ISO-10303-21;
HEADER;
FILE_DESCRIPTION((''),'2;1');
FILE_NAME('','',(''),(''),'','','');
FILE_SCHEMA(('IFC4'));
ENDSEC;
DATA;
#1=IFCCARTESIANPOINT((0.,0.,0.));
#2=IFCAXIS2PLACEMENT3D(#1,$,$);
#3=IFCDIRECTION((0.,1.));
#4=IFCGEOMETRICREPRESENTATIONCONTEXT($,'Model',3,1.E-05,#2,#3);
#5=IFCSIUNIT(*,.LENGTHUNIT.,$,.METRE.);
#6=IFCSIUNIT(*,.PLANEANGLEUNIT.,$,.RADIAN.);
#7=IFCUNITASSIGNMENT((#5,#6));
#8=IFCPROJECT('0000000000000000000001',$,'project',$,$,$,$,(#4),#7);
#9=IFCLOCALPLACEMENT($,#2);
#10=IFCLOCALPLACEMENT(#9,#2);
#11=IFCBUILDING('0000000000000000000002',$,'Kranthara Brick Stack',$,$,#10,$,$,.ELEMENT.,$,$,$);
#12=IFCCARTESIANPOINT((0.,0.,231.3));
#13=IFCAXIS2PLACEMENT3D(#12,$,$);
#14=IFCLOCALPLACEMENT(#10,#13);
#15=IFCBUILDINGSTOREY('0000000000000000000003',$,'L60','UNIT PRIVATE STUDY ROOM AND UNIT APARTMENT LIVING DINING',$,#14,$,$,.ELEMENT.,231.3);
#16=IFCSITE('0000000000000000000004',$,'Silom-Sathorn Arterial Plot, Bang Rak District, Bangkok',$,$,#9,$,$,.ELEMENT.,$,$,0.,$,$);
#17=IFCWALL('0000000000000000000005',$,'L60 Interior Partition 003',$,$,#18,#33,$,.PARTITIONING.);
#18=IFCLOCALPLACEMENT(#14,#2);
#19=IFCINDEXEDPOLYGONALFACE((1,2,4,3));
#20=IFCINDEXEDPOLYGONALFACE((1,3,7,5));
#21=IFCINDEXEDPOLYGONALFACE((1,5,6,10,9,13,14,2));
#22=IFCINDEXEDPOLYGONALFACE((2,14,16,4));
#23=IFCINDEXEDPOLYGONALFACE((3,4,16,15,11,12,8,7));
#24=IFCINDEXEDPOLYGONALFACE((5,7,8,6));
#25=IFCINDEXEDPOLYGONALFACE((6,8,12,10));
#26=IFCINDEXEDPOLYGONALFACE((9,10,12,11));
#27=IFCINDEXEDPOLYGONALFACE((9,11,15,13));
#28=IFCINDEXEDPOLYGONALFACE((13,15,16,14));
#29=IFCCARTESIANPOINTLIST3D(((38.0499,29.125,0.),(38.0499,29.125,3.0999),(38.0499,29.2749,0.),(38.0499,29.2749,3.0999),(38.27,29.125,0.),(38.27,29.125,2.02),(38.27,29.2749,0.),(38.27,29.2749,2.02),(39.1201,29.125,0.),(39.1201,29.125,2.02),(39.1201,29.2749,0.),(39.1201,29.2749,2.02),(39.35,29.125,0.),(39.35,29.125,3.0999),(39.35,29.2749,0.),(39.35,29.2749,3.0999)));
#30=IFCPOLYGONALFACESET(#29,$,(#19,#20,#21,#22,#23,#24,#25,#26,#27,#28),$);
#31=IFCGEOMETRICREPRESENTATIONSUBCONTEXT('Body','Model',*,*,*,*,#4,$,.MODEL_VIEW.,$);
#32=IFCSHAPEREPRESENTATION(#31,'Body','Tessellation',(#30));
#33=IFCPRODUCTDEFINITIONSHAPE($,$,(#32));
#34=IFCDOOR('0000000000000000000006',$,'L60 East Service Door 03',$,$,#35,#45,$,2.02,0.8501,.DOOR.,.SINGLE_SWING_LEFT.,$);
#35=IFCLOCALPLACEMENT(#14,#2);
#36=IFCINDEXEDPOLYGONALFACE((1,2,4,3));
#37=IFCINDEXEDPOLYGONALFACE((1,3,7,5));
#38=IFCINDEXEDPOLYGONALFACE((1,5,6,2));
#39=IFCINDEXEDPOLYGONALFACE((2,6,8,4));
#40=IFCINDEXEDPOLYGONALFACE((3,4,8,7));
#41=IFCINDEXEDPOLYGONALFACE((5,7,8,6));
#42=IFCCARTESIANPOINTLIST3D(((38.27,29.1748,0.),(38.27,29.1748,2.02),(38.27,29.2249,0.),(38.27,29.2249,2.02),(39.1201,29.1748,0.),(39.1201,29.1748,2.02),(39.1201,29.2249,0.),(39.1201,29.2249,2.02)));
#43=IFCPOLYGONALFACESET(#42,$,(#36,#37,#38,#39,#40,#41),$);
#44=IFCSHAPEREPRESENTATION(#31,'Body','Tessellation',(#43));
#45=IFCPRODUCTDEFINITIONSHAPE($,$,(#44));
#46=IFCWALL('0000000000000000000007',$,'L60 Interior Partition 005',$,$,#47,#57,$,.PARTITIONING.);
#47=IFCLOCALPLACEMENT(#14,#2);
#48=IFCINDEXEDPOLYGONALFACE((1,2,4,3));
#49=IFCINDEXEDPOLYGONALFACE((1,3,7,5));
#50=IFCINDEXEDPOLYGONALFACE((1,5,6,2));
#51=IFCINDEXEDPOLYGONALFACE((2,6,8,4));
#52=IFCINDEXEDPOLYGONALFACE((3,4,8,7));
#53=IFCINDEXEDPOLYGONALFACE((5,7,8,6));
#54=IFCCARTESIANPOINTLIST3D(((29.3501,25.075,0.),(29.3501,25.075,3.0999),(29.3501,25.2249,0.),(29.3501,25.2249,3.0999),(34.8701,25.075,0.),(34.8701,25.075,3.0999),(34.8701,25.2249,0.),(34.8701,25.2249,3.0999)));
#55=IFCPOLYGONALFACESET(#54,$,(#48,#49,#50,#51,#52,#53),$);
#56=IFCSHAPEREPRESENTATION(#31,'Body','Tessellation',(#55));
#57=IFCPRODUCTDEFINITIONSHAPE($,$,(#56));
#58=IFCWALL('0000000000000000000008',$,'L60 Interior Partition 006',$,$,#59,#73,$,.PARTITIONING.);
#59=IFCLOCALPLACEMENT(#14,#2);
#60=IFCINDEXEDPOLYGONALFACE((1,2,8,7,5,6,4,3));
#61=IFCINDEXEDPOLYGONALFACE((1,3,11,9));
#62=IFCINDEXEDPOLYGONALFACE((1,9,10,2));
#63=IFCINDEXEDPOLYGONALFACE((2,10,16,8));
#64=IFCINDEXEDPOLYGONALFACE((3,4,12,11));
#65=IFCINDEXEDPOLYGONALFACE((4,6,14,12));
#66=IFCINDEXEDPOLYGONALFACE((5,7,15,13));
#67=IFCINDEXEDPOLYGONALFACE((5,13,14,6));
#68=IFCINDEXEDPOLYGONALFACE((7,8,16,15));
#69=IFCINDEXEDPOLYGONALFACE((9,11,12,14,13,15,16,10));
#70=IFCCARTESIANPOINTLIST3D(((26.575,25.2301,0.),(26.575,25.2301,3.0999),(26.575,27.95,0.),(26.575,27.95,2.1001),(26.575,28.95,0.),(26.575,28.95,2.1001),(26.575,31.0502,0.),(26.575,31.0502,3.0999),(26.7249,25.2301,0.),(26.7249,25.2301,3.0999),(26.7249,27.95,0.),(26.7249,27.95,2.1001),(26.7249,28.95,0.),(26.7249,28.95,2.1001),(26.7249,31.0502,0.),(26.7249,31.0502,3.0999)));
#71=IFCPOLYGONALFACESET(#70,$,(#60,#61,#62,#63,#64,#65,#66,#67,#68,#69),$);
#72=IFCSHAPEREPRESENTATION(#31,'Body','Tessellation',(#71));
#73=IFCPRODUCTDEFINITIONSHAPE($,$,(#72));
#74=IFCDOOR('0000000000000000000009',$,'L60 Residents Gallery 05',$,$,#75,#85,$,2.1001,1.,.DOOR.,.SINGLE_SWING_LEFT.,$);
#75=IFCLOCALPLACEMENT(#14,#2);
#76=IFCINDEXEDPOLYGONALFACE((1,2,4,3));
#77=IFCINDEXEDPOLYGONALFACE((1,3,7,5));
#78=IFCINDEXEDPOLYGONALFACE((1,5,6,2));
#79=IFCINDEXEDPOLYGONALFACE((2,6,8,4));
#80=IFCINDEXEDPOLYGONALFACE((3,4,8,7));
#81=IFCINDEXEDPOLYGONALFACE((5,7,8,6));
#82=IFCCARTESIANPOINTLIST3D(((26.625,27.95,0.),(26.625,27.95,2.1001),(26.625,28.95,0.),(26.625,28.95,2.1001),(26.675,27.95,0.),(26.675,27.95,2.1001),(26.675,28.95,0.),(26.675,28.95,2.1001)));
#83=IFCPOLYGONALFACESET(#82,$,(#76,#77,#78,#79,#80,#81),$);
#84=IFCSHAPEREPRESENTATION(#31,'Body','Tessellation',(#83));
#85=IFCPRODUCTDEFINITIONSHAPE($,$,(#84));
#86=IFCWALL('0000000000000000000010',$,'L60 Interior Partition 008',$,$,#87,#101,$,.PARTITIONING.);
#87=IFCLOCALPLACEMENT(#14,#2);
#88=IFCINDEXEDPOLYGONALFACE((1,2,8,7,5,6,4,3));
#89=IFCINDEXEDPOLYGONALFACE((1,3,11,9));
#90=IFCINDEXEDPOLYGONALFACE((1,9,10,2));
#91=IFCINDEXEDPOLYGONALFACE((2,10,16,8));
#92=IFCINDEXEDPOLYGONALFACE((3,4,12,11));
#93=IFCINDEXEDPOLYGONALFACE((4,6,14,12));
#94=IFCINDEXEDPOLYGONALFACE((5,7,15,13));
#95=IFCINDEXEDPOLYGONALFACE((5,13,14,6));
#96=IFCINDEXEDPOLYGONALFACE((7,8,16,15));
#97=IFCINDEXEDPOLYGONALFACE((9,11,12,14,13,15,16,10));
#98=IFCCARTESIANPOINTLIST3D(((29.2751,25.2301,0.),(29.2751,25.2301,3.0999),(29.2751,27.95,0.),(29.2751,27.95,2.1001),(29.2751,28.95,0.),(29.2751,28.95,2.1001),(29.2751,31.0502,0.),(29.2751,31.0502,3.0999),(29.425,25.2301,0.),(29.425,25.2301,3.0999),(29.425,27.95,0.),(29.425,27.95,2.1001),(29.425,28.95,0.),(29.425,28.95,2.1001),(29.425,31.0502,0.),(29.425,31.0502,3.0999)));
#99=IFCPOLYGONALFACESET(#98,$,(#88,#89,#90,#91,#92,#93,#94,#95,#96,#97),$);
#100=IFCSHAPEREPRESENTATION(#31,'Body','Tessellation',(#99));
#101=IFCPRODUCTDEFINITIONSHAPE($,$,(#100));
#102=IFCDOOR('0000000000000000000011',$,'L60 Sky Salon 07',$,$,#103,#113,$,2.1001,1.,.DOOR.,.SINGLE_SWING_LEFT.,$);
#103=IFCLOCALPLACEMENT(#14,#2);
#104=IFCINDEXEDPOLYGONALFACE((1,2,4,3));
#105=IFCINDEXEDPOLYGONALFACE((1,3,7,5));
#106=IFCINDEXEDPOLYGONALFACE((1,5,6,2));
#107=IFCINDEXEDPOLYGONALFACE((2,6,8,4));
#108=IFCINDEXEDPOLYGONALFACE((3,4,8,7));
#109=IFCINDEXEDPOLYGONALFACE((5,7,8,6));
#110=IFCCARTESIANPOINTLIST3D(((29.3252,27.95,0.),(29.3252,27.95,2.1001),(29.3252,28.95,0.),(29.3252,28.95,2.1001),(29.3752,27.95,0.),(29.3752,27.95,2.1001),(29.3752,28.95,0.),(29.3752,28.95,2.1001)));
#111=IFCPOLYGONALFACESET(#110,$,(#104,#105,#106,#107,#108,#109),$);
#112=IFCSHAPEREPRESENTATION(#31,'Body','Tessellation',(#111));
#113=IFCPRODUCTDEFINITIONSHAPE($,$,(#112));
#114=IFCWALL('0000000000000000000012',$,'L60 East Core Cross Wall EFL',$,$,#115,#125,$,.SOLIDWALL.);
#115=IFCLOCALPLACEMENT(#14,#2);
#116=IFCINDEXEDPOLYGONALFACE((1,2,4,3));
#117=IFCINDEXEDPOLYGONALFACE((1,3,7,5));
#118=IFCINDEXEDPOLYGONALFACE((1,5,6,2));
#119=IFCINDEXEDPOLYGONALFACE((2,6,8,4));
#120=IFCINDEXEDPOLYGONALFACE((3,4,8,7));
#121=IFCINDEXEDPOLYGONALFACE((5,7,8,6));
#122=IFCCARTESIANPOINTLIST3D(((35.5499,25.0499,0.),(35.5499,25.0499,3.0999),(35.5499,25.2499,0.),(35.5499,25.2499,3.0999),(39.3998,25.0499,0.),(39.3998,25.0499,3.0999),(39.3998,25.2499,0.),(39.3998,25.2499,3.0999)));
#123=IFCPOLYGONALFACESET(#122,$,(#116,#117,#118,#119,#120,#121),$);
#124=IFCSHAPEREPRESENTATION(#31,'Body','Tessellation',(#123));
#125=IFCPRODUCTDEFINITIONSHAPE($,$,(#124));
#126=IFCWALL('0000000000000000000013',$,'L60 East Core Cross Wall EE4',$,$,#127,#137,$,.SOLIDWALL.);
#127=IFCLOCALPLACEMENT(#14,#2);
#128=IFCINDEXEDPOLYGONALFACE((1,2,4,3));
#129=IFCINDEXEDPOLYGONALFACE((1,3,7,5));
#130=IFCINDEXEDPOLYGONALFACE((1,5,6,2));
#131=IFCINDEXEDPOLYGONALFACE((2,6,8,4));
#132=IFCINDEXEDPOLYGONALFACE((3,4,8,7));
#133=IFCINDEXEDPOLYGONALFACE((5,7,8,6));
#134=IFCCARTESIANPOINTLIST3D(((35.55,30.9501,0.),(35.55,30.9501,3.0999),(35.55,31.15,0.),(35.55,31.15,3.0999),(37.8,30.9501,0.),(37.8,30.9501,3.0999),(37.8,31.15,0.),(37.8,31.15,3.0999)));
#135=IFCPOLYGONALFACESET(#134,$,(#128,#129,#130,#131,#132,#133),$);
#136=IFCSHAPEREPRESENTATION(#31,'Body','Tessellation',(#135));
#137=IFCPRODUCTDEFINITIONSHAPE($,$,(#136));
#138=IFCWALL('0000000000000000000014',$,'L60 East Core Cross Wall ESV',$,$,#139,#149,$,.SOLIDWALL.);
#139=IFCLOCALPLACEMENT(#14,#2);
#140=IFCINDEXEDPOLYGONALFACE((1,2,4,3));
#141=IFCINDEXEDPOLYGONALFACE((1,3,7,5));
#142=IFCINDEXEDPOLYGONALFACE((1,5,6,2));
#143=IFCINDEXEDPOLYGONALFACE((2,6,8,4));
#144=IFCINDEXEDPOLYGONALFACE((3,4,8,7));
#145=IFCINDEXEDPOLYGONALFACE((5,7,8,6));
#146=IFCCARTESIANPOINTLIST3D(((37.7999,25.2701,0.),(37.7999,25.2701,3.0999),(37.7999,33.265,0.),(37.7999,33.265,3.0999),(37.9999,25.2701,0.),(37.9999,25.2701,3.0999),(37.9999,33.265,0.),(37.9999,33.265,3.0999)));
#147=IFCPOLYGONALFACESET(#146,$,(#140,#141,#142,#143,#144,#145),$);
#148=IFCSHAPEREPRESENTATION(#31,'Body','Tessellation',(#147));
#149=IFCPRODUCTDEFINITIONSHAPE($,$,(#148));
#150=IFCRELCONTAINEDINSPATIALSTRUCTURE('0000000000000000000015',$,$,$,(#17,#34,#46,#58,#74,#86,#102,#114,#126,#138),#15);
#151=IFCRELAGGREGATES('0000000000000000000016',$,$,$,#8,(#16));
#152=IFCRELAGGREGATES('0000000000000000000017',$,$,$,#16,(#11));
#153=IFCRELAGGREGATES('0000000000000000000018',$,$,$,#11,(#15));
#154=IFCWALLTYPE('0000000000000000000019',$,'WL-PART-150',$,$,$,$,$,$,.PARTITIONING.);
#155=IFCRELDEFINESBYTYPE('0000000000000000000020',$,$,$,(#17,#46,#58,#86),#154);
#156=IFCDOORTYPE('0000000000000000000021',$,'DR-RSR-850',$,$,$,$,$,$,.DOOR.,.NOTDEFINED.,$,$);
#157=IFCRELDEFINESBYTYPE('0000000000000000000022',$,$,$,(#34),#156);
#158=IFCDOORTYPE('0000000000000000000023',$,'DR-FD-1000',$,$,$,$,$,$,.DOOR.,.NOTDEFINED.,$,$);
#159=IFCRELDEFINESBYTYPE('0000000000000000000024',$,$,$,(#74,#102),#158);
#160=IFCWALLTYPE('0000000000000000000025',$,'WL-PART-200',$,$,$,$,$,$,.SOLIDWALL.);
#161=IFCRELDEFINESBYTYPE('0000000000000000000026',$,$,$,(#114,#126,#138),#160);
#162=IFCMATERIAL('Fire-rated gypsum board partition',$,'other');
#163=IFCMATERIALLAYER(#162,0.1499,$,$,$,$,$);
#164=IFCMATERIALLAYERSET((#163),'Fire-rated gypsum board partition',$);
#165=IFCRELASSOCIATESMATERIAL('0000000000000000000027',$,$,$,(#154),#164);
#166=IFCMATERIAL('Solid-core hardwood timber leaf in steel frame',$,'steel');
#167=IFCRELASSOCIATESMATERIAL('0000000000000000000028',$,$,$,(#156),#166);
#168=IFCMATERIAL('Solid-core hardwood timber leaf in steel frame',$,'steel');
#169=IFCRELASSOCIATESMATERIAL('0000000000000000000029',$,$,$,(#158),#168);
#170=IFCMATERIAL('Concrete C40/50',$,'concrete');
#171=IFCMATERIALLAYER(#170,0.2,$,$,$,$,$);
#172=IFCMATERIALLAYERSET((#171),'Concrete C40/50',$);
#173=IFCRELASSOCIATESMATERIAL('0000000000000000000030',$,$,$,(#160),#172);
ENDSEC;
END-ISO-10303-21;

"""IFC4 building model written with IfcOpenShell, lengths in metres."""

from ifc_helpers import new_model, si_unit, direction, frame, frame_2d, origin, place, context, subcontext, project, spatial, rectangle, extrude, material, layer, layer_set, type_object, element, fill, save


model = new_model("IFC4")

# Units and contexts
model_context = context("Model", 3, precision=1e-05, world=origin(), true_north=direction((0.0, 1.0)))
body_context = subcontext(model_context, "Body", "Model", "MODEL_VIEW")
ifc_project = project(units=[si_unit("LENGTHUNIT", "METRE"), si_unit("PLANEANGLEUNIT", "RADIAN")], contexts=[model_context])

# Site, building, storey
site_placement = place(None, origin())
site = spatial("IfcSite", under=ifc_project, at=site_placement, Name="Silom-Sathorn Arterial Plot, Bang Rak District, Bangkok", CompositionType="ELEMENT", RefElevation=0.0)
building_placement = place(site_placement, origin())
building = spatial("IfcBuilding", under=site, at=building_placement, Name="Kranthara Brick Stack", CompositionType="ELEMENT")
storey_placement = place(building_placement, frame((0.0, 0.0, 231.3)))
storey = spatial("IfcBuildingStorey", under=building, at=storey_placement, Name="L60", Description="UNIT PRIVATE STUDY ROOM AND UNIT APARTMENT LIVING DINING", CompositionType="ELEMENT", Elevation=231.3)

# Wall, opening, door
ifc_material_1 = material(Name="Fire-rated gypsum board partition", Category="other")
ifc_layer_1 = layer(ifc_material_1, 0.1499)
ifc_layer_set_1 = layer_set([ifc_layer_1], Name="Fire-rated gypsum board partition")
wall_type_1 = type_object("IfcWallType", Name="WL-PART-150", PredefinedType="PARTITIONING", material=ifc_layer_set_1)
wall_1_placement = place(storey_placement, frame((38.05, 29.2, 0.0), z_axis=(0.0, 0.0, 1.0), x_axis=(1.0, 0.0, 0.0)))
wall_1 = element("IfcWall", 1, at=wall_1_placement, inside=storey, type_object=wall_type_1, Name="L60 Interior Partition 003", PredefinedType="PARTITIONING", context=body_context, shape_type="SweptSolid", body=[
    extrude(rectangle(XDim=1.3, YDim=0.1499, at=frame_2d((0.6499, 0.0))), origin(), (0.0, 0.0, 1.0), 3.0999),
])
opening_1_placement = place(wall_1_placement, frame((0.22, 0.0, 0.0)))
opening_1 = element("IfcOpeningElement", 2, at=opening_1_placement, cuts=wall_1, PredefinedType="OPENING", context=body_context, shape_type="SweptSolid", body=[
    extrude(rectangle(XDim=0.8501, YDim=2.02, at=frame_2d((0.425, 1.01))), frame((0.0, 0.085, 0.0), z_axis=(0.0, -1.0, 0.0), x_axis=(1.0, 0.0, 0.0)), (0.0, 0.0, 1.0), 0.1699),
])
ifc_material_2 = material(Name="Solid-core hardwood timber leaf in steel frame", Category="steel")
door_type_1 = type_object("IfcDoorType", Name="DR-RSR-850", OperationType="NOTDEFINED", PredefinedType="DOOR", material=ifc_material_2)
door_1_placement = place(opening_1_placement, origin())
door_1 = element("IfcDoor", 3, at=door_1_placement, inside=storey, type_object=door_type_1, Name="L60 East Service Door 03", OperationType="SINGLE_SWING_LEFT", OverallHeight=2.02, OverallWidth=0.8501, PredefinedType="DOOR", context=body_context, shape_type="SweptSolid", body=[
    extrude(rectangle(XDim=0.8501, YDim=2.02, at=frame_2d((0.425, 1.01))), frame((0.0, 0.0249, 0.0), z_axis=(0.0, -1.0, 0.0), x_axis=(1.0, 0.0, 0.0)), (0.0, 0.0, 1.0), 0.05),
])
fill(opening_1, door_1)

# Wall
wall_2_placement = place(storey_placement, frame((29.3501, 25.1499, 0.0), z_axis=(0.0, 0.0, 1.0), x_axis=(1.0, 0.0, 0.0)))
element("IfcWall", 4, at=wall_2_placement, inside=storey, type_object=wall_type_1, Name="L60 Interior Partition 005", PredefinedType="PARTITIONING", context=body_context, shape_type="SweptSolid", body=[
    extrude(rectangle(XDim=5.52, YDim=0.1499, at=frame_2d((2.76, 0.0))), origin(), (0.0, 0.0, 1.0), 3.0999),
])

# Walls, openings, doors
wall_3_placement = place(storey_placement, frame((26.6499, 25.23, 0.0), z_axis=(0.0, 0.0, 1.0), x_axis=(0.0, 1.0, 0.0)))
wall_3 = element("IfcWall", 5, at=wall_3_placement, inside=storey, type_object=wall_type_1, Name="L60 Interior Partition 006", PredefinedType="PARTITIONING", context=body_context, shape_type="SweptSolid", body=[
    extrude(rectangle(XDim=5.8201, YDim=0.1499, at=frame_2d((2.9102, 0.0))), origin(), (0.0, 0.0, 1.0), 3.0999),
])
opening_2_placement = place(wall_3_placement, frame((2.72, 0.0, 0.0)))
opening_2 = element("IfcOpeningElement", 6, at=opening_2_placement, cuts=wall_3, PredefinedType="OPENING", context=body_context, shape_type="SweptSolid", body=[
    extrude(rectangle(XDim=1.0, YDim=2.1001, at=frame_2d((0.5, 1.05))), frame((0.0, 0.085, 0.0), z_axis=(0.0, -1.0, 0.0), x_axis=(1.0, 0.0, 0.0)), (0.0, 0.0, 1.0), 0.1699),
])
ifc_material_3 = material(Name="Solid-core hardwood timber leaf in steel frame", Category="steel")
door_type_2 = type_object("IfcDoorType", Name="DR-FD-1000", OperationType="NOTDEFINED", PredefinedType="DOOR", material=ifc_material_3)
door_2_placement = place(opening_2_placement, origin())
door_2 = element("IfcDoor", 7, at=door_2_placement, inside=storey, type_object=door_type_2, Name="L60 Residents Gallery 05", OperationType="SINGLE_SWING_LEFT", OverallHeight=2.1001, OverallWidth=1.0, PredefinedType="DOOR", context=body_context, shape_type="SweptSolid", body=[
    extrude(rectangle(XDim=1.0, YDim=2.1001, at=frame_2d((0.5, 1.05))), frame((0.0, 0.0249, 0.0), z_axis=(0.0, -1.0, 0.0), x_axis=(1.0, 0.0, 0.0)), (0.0, 0.0, 1.0), 0.05),
])
fill(opening_2, door_2)
wall_4_placement = place(storey_placement, frame((29.3501, 25.23, 0.0), z_axis=(0.0, 0.0, 1.0), x_axis=(0.0, 1.0, 0.0)))
wall_4 = element("IfcWall", 8, at=wall_4_placement, inside=storey, type_object=wall_type_1, Name="L60 Interior Partition 008", PredefinedType="PARTITIONING", context=body_context, shape_type="SweptSolid", body=[
    extrude(rectangle(XDim=5.8201, YDim=0.1499, at=frame_2d((2.9102, 0.0))), origin(), (0.0, 0.0, 1.0), 3.0999),
])
opening_3_placement = place(wall_4_placement, frame((2.72, 0.0, 0.0)))
opening_3 = element("IfcOpeningElement", 9, at=opening_3_placement, cuts=wall_4, PredefinedType="OPENING", context=body_context, shape_type="SweptSolid", body=[
    extrude(rectangle(XDim=1.0, YDim=2.1001, at=frame_2d((0.5, 1.05))), frame((0.0, 0.085, 0.0), z_axis=(0.0, -1.0, 0.0), x_axis=(1.0, 0.0, 0.0)), (0.0, 0.0, 1.0), 0.1699),
])
door_3_placement = place(opening_3_placement, origin())
door_3 = element("IfcDoor", 10, at=door_3_placement, inside=storey, type_object=door_type_2, Name="L60 Sky Salon 07", OperationType="SINGLE_SWING_LEFT", OverallHeight=2.1001, OverallWidth=1.0, PredefinedType="DOOR", context=body_context, shape_type="SweptSolid", body=[
    extrude(rectangle(XDim=1.0, YDim=2.1001, at=frame_2d((0.5, 1.05))), frame((0.0, 0.0249, 0.0), z_axis=(0.0, -1.0, 0.0), x_axis=(1.0, 0.0, 0.0)), (0.0, 0.0, 1.0), 0.05),
])
fill(opening_3, door_3)

# Walls
ifc_material_4 = material(Name="Concrete C40/50", Category="concrete")
ifc_layer_2 = layer(ifc_material_4, 0.2)
ifc_layer_set_2 = layer_set([ifc_layer_2], Name="Concrete C40/50")
wall_type_2 = type_object("IfcWallType", Name="WL-PART-200", PredefinedType="SOLIDWALL", material=ifc_layer_set_2)
wall_5_placement = place(storey_placement, frame((35.55, 25.1499, 0.0), z_axis=(0.0, 0.0, 1.0), x_axis=(1.0, 0.0, 0.0)))
element("IfcWall", 11, at=wall_5_placement, inside=storey, type_object=wall_type_2, Name="L60 East Core Cross Wall EFL", PredefinedType="SOLIDWALL", context=body_context, shape_type="SweptSolid", body=[
    extrude(rectangle(XDim=3.8499, YDim=0.2, at=frame_2d((1.9248, 0.0))), origin(), (0.0, 0.0, 1.0), 3.0999),
])
wall_6_placement = place(storey_placement, frame((35.55, 31.05, 0.0), z_axis=(0.0, 0.0, 1.0), x_axis=(1.0, 0.0, 0.0)))
element("IfcWall", 12, at=wall_6_placement, inside=storey, type_object=wall_type_2, Name="L60 East Core Cross Wall EE4", PredefinedType="SOLIDWALL", context=body_context, shape_type="SweptSolid", body=[
    extrude(rectangle(XDim=2.25, YDim=0.2, at=frame_2d((1.125, 0.0))), origin(), (0.0, 0.0, 1.0), 3.0999),
])
wall_7_placement = place(storey_placement, frame((37.8999, 25.27, 0.0), z_axis=(0.0, 0.0, 1.0), x_axis=(0.0, 1.0, 0.0)))
element("IfcWall", 13, at=wall_7_placement, inside=storey, type_object=wall_type_2, Name="L60 East Core Cross Wall ESV", PredefinedType="SOLIDWALL", context=body_context, shape_type="SweptSolid", body=[
    extrude(rectangle(XDim=7.9949, YDim=0.2, at=frame_2d((3.9976, 0.0))), origin(), (0.0, 0.0, 1.0), 3.0999),
])

save(model, "model.ifc")
